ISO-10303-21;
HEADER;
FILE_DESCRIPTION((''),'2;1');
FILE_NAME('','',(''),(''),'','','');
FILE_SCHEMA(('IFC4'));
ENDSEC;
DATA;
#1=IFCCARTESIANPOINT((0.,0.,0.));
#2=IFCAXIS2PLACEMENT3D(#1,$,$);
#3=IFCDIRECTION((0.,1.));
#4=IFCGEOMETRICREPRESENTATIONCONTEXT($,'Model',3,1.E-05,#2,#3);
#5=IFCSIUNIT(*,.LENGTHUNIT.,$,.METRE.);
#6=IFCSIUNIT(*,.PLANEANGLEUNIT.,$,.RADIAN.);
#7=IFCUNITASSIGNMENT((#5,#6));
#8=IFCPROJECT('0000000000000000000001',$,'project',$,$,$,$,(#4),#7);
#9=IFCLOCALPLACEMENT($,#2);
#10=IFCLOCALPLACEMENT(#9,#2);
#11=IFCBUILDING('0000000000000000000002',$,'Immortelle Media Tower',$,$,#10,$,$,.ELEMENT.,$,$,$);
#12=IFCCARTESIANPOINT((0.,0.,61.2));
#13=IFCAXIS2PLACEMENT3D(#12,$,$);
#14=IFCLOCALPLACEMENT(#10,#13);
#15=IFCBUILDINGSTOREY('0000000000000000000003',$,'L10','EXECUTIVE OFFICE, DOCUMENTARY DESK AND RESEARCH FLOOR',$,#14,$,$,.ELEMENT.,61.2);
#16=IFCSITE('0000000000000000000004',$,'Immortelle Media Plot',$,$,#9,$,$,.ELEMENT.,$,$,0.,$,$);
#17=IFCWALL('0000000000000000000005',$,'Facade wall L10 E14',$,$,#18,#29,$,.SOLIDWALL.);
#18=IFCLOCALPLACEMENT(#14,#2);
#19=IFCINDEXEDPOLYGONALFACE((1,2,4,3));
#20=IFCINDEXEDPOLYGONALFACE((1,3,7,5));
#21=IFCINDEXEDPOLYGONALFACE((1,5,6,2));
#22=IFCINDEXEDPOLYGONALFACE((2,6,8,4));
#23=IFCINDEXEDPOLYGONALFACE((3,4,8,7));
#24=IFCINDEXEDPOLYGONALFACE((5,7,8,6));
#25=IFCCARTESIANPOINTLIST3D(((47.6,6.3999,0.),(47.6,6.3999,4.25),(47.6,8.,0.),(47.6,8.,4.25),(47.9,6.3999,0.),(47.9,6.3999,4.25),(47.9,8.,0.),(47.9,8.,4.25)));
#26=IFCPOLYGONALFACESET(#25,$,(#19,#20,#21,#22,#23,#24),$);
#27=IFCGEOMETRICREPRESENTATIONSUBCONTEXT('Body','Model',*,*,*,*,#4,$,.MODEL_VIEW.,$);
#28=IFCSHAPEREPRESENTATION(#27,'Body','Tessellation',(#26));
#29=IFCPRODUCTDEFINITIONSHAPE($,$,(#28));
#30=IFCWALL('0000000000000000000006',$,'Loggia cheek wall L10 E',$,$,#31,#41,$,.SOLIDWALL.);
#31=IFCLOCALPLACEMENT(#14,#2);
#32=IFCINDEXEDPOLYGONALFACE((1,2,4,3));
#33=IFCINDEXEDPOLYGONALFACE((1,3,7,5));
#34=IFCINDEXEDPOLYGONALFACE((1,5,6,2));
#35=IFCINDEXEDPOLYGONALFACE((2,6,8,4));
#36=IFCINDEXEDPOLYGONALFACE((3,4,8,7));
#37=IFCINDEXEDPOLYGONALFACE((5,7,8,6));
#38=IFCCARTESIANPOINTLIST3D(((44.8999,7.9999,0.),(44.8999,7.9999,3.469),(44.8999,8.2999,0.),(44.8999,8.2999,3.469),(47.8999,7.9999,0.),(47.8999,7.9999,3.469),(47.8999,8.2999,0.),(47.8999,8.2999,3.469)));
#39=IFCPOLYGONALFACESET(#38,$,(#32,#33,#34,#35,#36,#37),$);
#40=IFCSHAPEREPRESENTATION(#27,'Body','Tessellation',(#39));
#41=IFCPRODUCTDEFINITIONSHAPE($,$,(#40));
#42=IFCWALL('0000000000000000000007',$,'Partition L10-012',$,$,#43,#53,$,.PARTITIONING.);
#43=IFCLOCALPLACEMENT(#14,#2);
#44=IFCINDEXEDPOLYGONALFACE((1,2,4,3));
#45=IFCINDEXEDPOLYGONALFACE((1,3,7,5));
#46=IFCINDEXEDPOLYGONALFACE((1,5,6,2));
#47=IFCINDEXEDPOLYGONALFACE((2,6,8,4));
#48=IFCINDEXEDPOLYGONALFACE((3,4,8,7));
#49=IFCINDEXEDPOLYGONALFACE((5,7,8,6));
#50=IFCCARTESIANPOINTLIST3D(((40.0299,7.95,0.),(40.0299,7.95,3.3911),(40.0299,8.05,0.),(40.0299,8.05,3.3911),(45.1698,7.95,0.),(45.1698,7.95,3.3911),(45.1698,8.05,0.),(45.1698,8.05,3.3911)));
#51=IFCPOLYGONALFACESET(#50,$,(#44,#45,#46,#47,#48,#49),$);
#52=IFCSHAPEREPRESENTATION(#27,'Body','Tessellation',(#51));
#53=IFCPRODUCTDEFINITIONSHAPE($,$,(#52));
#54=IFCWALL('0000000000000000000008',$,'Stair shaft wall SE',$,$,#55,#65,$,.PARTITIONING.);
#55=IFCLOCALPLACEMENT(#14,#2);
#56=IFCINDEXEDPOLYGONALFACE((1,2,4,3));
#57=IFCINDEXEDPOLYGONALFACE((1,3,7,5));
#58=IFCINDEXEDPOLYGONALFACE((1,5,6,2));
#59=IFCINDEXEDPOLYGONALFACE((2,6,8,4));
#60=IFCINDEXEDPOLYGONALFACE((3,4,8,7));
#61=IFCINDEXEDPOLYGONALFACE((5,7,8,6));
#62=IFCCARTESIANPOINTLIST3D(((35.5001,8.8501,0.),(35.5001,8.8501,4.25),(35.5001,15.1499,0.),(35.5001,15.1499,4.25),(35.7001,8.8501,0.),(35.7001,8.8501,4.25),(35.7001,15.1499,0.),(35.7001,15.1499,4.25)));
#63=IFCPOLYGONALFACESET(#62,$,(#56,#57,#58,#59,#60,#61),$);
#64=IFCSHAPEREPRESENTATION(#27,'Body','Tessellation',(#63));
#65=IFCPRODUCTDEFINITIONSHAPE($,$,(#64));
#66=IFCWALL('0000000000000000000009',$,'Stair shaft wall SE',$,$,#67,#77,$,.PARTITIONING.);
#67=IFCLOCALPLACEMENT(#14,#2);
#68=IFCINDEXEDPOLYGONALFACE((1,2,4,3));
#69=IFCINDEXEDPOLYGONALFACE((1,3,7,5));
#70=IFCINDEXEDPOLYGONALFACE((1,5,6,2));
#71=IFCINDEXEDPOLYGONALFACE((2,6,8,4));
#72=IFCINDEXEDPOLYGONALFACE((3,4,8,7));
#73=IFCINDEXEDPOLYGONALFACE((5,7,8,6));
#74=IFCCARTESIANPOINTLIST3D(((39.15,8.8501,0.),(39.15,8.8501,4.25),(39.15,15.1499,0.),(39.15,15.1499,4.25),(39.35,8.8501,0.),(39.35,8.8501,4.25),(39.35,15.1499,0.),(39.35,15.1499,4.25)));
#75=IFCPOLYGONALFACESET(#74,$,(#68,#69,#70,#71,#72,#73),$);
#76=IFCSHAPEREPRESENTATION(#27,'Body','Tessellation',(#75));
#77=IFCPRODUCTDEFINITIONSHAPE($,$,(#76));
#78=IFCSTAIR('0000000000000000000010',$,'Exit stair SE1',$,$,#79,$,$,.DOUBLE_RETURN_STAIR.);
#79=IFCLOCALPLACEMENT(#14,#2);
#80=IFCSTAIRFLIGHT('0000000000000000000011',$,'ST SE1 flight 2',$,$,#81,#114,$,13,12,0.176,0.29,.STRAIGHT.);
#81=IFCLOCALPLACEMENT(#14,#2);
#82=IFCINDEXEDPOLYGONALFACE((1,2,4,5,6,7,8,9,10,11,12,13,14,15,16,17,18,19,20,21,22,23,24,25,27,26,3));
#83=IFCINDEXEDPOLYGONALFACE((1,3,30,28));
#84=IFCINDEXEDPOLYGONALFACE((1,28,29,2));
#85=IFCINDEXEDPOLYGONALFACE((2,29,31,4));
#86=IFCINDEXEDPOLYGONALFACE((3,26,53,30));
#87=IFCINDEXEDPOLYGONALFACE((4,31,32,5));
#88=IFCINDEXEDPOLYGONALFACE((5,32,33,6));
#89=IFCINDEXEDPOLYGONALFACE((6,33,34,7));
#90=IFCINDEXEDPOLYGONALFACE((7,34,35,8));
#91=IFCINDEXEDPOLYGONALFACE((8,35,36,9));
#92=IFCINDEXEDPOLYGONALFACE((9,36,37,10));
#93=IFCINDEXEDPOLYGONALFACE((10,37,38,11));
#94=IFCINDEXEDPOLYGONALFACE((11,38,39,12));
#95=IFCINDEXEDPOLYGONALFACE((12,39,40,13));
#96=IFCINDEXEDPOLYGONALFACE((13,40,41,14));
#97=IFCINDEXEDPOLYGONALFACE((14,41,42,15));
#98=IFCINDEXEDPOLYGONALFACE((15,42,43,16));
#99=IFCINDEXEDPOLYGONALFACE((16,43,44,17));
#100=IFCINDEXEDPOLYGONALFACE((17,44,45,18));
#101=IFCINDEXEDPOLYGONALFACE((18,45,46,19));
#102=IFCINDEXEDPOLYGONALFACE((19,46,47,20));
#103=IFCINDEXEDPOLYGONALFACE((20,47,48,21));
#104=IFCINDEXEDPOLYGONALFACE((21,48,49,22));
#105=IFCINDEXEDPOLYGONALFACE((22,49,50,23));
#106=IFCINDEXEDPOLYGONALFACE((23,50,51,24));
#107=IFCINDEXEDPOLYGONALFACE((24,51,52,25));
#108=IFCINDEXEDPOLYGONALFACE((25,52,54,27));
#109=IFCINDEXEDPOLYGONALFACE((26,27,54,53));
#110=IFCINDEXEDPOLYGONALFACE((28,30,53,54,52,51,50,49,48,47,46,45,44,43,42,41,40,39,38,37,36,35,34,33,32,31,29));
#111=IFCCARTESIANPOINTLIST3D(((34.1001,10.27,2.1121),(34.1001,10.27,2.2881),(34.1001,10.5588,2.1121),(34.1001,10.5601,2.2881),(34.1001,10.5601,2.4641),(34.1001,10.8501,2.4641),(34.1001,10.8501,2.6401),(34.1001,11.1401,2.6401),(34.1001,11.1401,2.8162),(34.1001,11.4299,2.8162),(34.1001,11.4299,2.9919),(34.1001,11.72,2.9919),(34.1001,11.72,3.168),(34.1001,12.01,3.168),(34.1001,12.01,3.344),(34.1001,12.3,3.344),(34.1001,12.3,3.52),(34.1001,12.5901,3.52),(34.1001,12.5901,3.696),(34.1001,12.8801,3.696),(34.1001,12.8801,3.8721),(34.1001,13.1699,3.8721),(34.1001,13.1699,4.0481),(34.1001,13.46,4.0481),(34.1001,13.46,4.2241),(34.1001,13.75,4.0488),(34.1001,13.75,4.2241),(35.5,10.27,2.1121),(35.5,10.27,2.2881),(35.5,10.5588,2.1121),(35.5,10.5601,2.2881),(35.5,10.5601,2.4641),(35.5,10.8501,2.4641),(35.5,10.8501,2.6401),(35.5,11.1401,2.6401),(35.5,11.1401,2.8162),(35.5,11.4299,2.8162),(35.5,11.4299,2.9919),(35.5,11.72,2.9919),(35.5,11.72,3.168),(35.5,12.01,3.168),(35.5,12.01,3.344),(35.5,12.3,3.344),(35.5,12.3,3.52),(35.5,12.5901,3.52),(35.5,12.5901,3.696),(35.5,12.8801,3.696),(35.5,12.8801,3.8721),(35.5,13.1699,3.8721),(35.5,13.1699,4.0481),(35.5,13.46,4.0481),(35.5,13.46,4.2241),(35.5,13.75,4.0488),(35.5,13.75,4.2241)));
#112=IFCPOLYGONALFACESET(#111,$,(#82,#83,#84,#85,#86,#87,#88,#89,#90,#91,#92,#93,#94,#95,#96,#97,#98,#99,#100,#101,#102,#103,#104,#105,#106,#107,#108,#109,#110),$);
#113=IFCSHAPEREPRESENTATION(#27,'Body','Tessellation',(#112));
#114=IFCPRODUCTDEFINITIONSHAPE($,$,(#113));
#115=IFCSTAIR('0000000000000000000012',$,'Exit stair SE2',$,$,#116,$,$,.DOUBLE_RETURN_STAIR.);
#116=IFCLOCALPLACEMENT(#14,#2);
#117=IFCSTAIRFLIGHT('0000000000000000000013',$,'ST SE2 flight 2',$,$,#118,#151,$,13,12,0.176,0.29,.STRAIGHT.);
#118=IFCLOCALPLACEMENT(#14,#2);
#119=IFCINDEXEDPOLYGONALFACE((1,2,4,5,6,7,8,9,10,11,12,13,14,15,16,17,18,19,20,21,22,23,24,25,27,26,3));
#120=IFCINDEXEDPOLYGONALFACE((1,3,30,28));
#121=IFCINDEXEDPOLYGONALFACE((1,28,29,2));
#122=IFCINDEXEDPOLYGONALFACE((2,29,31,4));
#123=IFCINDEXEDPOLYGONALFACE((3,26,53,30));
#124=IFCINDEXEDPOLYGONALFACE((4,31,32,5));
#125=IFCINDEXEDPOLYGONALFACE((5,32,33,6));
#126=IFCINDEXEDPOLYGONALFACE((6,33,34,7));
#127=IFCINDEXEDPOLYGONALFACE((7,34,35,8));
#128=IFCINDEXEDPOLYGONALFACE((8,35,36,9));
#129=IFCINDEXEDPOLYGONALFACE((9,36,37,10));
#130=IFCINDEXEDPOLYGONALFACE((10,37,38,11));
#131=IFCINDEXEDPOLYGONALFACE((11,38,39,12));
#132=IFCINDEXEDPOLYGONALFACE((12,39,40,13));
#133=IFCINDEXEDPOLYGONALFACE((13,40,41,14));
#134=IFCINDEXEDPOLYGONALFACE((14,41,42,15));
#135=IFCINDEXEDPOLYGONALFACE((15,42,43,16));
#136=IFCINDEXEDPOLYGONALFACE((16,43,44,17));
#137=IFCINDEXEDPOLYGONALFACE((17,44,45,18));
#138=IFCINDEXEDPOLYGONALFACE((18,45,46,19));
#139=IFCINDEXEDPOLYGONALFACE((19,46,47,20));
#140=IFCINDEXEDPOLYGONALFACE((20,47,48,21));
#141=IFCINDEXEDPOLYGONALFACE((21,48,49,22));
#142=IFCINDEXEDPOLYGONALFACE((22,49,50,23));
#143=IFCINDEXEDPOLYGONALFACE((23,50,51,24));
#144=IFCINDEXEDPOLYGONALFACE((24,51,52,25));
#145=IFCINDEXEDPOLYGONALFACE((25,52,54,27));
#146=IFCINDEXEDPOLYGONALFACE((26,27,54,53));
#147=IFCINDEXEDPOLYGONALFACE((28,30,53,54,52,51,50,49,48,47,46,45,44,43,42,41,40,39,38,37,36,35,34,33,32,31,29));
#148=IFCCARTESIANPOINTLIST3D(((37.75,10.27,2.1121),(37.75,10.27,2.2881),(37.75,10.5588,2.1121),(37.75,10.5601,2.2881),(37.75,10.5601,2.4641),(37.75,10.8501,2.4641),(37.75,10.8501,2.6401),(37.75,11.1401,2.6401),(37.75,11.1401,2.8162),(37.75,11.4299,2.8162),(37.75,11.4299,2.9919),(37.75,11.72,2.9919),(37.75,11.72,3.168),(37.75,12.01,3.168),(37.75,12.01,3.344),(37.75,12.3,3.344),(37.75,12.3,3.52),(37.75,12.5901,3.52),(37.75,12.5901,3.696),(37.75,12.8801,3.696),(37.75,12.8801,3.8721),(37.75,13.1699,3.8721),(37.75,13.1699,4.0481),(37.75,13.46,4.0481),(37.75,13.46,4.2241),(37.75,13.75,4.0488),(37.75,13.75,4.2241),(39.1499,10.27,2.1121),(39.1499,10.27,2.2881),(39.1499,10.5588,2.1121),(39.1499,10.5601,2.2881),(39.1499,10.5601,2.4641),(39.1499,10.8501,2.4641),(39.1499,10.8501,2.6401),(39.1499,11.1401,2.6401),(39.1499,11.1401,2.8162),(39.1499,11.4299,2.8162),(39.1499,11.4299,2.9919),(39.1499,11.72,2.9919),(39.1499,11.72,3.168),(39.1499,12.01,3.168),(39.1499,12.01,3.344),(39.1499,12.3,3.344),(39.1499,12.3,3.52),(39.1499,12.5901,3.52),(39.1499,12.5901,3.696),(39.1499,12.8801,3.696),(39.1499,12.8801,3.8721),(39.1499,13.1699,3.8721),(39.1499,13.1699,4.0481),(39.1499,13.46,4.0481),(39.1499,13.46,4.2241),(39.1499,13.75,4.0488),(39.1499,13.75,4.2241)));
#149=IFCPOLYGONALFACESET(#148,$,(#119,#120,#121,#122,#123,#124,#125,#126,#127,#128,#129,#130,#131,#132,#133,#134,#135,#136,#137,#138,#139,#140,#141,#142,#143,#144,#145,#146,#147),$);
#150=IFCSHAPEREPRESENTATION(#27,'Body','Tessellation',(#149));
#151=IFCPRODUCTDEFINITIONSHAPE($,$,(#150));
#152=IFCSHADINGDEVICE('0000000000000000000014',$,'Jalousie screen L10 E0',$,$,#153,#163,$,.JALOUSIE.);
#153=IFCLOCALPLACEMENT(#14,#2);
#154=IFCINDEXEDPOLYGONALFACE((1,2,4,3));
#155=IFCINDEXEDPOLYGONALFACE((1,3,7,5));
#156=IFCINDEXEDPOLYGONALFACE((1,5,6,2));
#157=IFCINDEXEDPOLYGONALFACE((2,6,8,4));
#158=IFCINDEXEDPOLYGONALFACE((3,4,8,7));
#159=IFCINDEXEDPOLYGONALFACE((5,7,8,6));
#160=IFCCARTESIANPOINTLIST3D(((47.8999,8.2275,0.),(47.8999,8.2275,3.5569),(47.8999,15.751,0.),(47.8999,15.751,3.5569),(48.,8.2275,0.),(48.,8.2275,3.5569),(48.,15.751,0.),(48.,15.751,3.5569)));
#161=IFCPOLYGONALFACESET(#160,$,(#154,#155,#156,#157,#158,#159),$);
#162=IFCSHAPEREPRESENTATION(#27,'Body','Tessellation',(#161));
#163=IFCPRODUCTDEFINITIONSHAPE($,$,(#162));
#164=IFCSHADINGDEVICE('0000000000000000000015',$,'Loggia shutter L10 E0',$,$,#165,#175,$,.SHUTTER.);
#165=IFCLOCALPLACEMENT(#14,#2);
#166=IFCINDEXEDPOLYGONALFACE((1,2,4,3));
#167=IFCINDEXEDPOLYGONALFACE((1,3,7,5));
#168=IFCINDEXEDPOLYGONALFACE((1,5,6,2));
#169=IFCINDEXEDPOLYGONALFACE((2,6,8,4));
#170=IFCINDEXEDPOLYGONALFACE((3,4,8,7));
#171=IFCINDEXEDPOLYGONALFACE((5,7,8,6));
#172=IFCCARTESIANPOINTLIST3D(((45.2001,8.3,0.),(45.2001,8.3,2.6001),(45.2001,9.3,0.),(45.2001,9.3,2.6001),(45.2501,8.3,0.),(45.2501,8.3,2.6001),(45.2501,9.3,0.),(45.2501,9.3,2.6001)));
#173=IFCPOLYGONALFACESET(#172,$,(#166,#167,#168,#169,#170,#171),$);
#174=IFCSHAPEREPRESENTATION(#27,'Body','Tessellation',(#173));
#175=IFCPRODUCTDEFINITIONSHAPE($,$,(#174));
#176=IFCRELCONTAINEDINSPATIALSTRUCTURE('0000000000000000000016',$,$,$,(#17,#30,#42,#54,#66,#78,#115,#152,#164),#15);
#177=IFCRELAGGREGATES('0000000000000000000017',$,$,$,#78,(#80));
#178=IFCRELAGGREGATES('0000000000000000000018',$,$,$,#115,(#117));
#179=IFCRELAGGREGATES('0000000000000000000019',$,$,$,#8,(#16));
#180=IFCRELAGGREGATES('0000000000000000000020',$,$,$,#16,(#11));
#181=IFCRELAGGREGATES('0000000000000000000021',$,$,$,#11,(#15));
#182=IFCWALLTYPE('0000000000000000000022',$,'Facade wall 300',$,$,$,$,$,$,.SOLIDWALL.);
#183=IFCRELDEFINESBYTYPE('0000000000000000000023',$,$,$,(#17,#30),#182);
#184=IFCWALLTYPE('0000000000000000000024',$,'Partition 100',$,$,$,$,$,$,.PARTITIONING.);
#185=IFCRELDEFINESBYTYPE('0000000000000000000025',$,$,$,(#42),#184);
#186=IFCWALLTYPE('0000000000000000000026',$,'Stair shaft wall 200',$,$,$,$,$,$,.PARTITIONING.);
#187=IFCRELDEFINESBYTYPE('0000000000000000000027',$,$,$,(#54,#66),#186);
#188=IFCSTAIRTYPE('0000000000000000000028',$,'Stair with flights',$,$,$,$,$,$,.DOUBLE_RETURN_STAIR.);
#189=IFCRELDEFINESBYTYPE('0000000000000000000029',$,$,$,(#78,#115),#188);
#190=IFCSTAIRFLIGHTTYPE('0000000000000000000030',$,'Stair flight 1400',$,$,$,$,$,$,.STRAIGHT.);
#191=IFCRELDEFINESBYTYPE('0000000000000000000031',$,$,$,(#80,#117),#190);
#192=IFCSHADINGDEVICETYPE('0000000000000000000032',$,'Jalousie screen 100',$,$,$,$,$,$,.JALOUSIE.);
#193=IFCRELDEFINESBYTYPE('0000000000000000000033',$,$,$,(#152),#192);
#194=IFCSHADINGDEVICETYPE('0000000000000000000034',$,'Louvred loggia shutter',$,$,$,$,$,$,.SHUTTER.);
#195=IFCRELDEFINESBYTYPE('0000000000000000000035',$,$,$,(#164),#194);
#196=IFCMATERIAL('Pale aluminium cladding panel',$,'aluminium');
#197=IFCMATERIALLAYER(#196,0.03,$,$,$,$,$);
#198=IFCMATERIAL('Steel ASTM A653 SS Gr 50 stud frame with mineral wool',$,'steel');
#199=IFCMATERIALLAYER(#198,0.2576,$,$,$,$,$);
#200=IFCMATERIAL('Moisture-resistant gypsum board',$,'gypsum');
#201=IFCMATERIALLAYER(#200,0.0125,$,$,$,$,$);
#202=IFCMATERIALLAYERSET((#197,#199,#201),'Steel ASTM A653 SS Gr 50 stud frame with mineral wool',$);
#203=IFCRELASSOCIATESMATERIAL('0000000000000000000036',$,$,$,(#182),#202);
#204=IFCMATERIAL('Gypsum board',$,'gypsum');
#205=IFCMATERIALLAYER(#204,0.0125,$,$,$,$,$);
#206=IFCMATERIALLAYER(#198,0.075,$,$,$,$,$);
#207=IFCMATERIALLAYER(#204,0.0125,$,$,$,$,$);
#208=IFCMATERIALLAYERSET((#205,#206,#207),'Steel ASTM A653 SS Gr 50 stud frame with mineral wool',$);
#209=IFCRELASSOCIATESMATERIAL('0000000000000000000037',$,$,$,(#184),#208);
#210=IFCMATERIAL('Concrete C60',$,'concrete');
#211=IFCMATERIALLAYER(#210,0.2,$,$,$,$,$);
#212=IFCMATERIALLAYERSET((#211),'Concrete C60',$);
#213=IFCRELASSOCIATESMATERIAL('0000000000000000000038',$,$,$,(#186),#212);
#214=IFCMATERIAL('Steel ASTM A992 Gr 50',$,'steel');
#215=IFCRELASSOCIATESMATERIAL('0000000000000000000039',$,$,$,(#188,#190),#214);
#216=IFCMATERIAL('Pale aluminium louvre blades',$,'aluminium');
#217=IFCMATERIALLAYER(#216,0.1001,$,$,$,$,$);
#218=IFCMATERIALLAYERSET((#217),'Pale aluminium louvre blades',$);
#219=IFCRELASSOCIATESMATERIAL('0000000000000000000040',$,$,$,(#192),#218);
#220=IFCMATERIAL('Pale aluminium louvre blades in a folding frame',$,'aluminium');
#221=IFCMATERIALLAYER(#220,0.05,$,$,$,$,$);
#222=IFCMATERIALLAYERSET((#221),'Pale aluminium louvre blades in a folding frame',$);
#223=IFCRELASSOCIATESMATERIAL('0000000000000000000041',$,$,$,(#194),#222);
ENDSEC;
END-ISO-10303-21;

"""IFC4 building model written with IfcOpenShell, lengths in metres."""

from ifc_helpers import new_model, si_unit, direction, frame, frame_2d, origin, origin_2d, place, context, subcontext, project, spatial, polyline, rectangle, outline, extrude, material, layer, layer_set, type_object, element, aggregate, save


model = new_model("IFC4")

# Units and contexts
model_context = context("Model", 3, precision=1e-05, world=origin(), true_north=direction((0.0, 1.0)))
body_context = subcontext(model_context, "Body", "Model", "MODEL_VIEW")
ifc_project = project(units=[si_unit("LENGTHUNIT", "METRE"), si_unit("PLANEANGLEUNIT", "RADIAN")], contexts=[model_context])

# Site, building, storey
site_placement = place(None, origin())
site = spatial("IfcSite", under=ifc_project, at=site_placement, Name="Immortelle Media Plot", CompositionType="ELEMENT", RefElevation=0.0)
building_placement = place(site_placement, origin())
building = spatial("IfcBuilding", under=site, at=building_placement, Name="Immortelle Media Tower", CompositionType="ELEMENT")
storey_placement = place(building_placement, frame((0.0, 0.0, 61.2)))
storey = spatial("IfcBuildingStorey", under=building, at=storey_placement, Name="L10", Description="EXECUTIVE OFFICE, DOCUMENTARY DESK AND RESEARCH FLOOR", CompositionType="ELEMENT", Elevation=61.2)

# Shared definitions
ifc_material_1 = material(Name="Steel ASTM A992 Gr 50", Category="steel")

# Wall
ifc_material_2 = material(Name="Pale aluminium cladding panel", Category="aluminium")
ifc_layer_1 = layer(ifc_material_2, 0.03)
ifc_material_3 = material(Name="Steel ASTM A653 SS Gr 50 stud frame with mineral wool", Category="steel")
ifc_layer_2 = layer(ifc_material_3, 0.2576)
ifc_material_4 = material(Name="Moisture-resistant gypsum board", Category="gypsum")
ifc_layer_3 = layer(ifc_material_4, 0.0125)
ifc_layer_set_1 = layer_set([ifc_layer_1, ifc_layer_2, ifc_layer_3], Name="Steel ASTM A653 SS Gr 50 stud frame with mineral wool")
wall_type_1 = type_object("IfcWallType", Name="Facade wall 300", PredefinedType="SOLIDWALL", material=ifc_layer_set_1)
wall_1_placement = place(storey_placement, frame((47.75, 6.3999, 0.0), z_axis=(0.0, 0.0, 1.0), x_axis=(0.0, 1.0, 0.0)))
element("IfcWall", 1, at=wall_1_placement, inside=storey, type_object=wall_type_1, Name="Facade wall L10 E14", PredefinedType="SOLIDWALL", context=body_context, shape_type="SweptSolid", body=[
    extrude(rectangle(XDim=1.6001, YDim=0.3, at=frame_2d((0.8, 0.0))), origin(), (0.0, 0.0, 1.0), 4.25),
])

# Walls
wall_2_placement = place(storey_placement, frame((47.8999, 8.1499, 0.0), z_axis=(0.0, 0.0, 1.0), x_axis=(-1.0, 0.0, 0.0)))
element("IfcWall", 2, at=wall_2_placement, inside=storey, type_object=wall_type_1, Name="Loggia cheek wall L10 E", PredefinedType="SOLIDWALL", context=body_context, shape_type="SweptSolid", body=[
    extrude(rectangle(XDim=3.0, YDim=0.3, at=frame_2d((1.5, 0.0))), origin(), (0.0, 0.0, 1.0), 3.469),
])
ifc_material_5 = material(Name="Gypsum board", Category="gypsum")
ifc_layer_4 = layer(ifc_material_5, 0.0125)
ifc_layer_5 = layer(ifc_material_3, 0.075)
ifc_layer_6 = layer(ifc_material_5, 0.0125)
ifc_layer_set_2 = layer_set([ifc_layer_4, ifc_layer_5, ifc_layer_6], Name="Steel ASTM A653 SS Gr 50 stud frame with mineral wool")
wall_type_2 = type_object("IfcWallType", Name="Partition 100", PredefinedType="PARTITIONING", material=ifc_layer_set_2)
wall_3_placement = place(storey_placement, frame((40.03, 8.0, 0.0), z_axis=(0.0, 0.0, 1.0), x_axis=(1.0, 0.0, 0.0)))
element("IfcWall", 3, at=wall_3_placement, inside=storey, type_object=wall_type_2, Name="Partition L10-012", PredefinedType="PARTITIONING", context=body_context, shape_type="SweptSolid", body=[
    extrude(rectangle(XDim=5.1399, YDim=0.1001, at=frame_2d((2.5698, 0.0))), origin(), (0.0, 0.0, 1.0), 3.3911),
])
ifc_material_6 = material(Name="Concrete C60", Category="concrete")
ifc_layer_7 = layer(ifc_material_6, 0.2)
ifc_layer_set_3 = layer_set([ifc_layer_7], Name="Concrete C60")
wall_type_3 = type_object("IfcWallType", Name="Stair shaft wall 200", PredefinedType="PARTITIONING", material=ifc_layer_set_3)
for number, where, z_axis, x_axis, name in (
    (4, (35.6001, 8.8501, 0.0), (0.0, 0.0, 1.0), (0.0, 1.0, 0.0), "Stair shaft wall SE"),
    (5, (39.25, 8.8501, 0.0), (0.0, 0.0, 1.0), (0.0, 1.0, 0.0), "Stair shaft wall SE"),
):
    element("IfcWall", number, at=place(storey_placement, frame(where, z_axis=z_axis, x_axis=x_axis)), inside=storey, type_object=wall_type_3, Name=name, PredefinedType="PARTITIONING", context=body_context, shape_type="SweptSolid", body=[
        extrude(rectangle(XDim=6.2998, YDim=0.2, at=frame_2d((3.1499, 0.0))), origin(), (0.0, 0.0, 1.0), 4.25),
    ])

# Stairs, stair flights
stair_type = type_object("IfcStairType", Name="Stair with flights", PredefinedType="DOUBLE_RETURN_STAIR", material=ifc_material_1)
stair_1_placement = place(storey_placement, origin())
stair_1 = element("IfcStair", 6, at=stair_1_placement, inside=storey, type_object=stair_type, Name="Exit stair SE1", PredefinedType="DOUBLE_RETURN_STAIR")
stair_flight_type = type_object("IfcStairFlightType", Name="Stair flight 1400", PredefinedType="STRAIGHT", material=ifc_material_1)
stair_flight_1_placement = place(storey_placement, frame((34.8, 10.27, 2.1121), z_axis=(0.0, 0.0, 1.0), x_axis=(0.0, 1.0, 0.0)))
stair_flight_1 = element("IfcStairFlight", 7, at=stair_flight_1_placement, type_object=stair_flight_type, Name="ST SE1 flight 2", NumberOfRisers=13, NumberOfTreads=12, PredefinedType="STRAIGHT", RiserHeight=0.176, TreadLength=0.29, context=body_context, shape_type="SweptSolid", body=[
    extrude(outline(polyline([(0.0, 0.0), (0.0, 0.176), (0.29, 0.176), (0.29, 0.3521), (0.5801, 0.3521), (0.5801, 0.5281), (0.8701, 0.5281), (0.8701, 0.7041), (1.1599, 0.7041), (1.1599, 0.8799), (1.45, 0.8799), (1.45, 1.0559), (1.74, 1.0559), (1.74, 1.2319), (2.03, 1.2319), (2.03, 1.408), (2.3201, 1.408), (2.3201, 1.584), (2.6101, 1.584), (2.6101, 1.76), (2.8999, 1.76), (2.8999, 1.936), (3.1899, 1.936), (3.1899, 2.1121), (3.48, 2.1121), (3.48, 2.2881), (3.48, 1.9368), (0.2888, 0.0), (0.0, 0.0)])), frame((0.0, 0.7, 0.0), z_axis=(0.0, -1.0, 0.0), x_axis=(1.0, 0.0, 0.0)), (0.0, 0.0, 1.0), 1.3999),
])
aggregate(stair_1, [stair_flight_1])
stair_2_placement = place(storey_placement, origin())
stair_2 = element("IfcStair", 8, at=stair_2_placement, inside=storey, type_object=stair_type, Name="Exit stair SE2", PredefinedType="DOUBLE_RETURN_STAIR")
stair_flight_2_placement = place(storey_placement, frame((38.45, 10.27, 2.1121), z_axis=(0.0, 0.0, 1.0), x_axis=(0.0, 1.0, 0.0)))
stair_flight_2 = element("IfcStairFlight", 9, at=stair_flight_2_placement, type_object=stair_flight_type, Name="ST SE2 flight 2", NumberOfRisers=13, NumberOfTreads=12, PredefinedType="STRAIGHT", RiserHeight=0.176, TreadLength=0.29, context=body_context, shape_type="SweptSolid", body=[
    extrude(outline(polyline([(0.0, 0.0), (0.0, 0.176), (0.29, 0.176), (0.29, 0.3521), (0.5801, 0.3521), (0.5801, 0.5281), (0.8701, 0.5281), (0.8701, 0.7041), (1.1599, 0.7041), (1.1599, 0.8799), (1.45, 0.8799), (1.45, 1.0559), (1.74, 1.0559), (1.74, 1.2319), (2.03, 1.2319), (2.03, 1.408), (2.3201, 1.408), (2.3201, 1.584), (2.6101, 1.584), (2.6101, 1.76), (2.8999, 1.76), (2.8999, 1.936), (3.1899, 1.936), (3.1899, 2.1121), (3.48, 2.1121), (3.48, 2.2881), (3.48, 1.9368), (0.2888, 0.0), (0.0, 0.0)])), frame((0.0, 0.7, 0.0), z_axis=(0.0, -1.0, 0.0), x_axis=(1.0, 0.0, 0.0)), (0.0, 0.0, 1.0), 1.3999),
])
aggregate(stair_2, [stair_flight_2])

# Shading devices
ifc_material_7 = material(Name="Pale aluminium louvre blades", Category="aluminium")
ifc_layer_8 = layer(ifc_material_7, 0.1001)
ifc_layer_set_4 = layer_set([ifc_layer_8], Name="Pale aluminium louvre blades")
shading_device_type_1 = type_object("IfcShadingDeviceType", Name="Jalousie screen 100", PredefinedType="JALOUSIE", material=ifc_layer_set_4)
shading_device_1_placement = place(storey_placement, frame((47.95, 11.9893, 0.0), z_axis=(0.0, 0.0, 1.0), x_axis=(0.0, 1.0, 0.0)))
element("IfcShadingDevice", 10, at=shading_device_1_placement, inside=storey, type_object=shading_device_type_1, Name="Jalousie screen L10 E0", PredefinedType="JALOUSIE", context=body_context, shape_type="SweptSolid", body=[
    extrude(rectangle(XDim=7.5234, YDim=0.1001, at=origin_2d()), origin(), (0.0, 0.0, 1.0), 3.5569),
])
ifc_material_8 = material(Name="Pale aluminium louvre blades in a folding frame", Category="aluminium")
ifc_layer_9 = layer(ifc_material_8, 0.05)
ifc_layer_set_5 = layer_set([ifc_layer_9], Name="Pale aluminium louvre blades in a folding frame")
shading_device_type_2 = type_object("IfcShadingDeviceType", Name="Louvred loggia shutter", PredefinedType="SHUTTER", material=ifc_layer_set_5)
shading_device_2_placement = place(storey_placement, frame((45.2251, 8.8, 0.0), z_axis=(0.0, 0.0, 1.0), x_axis=(0.0, 1.0, 0.0)))
element("IfcShadingDevice", 11, at=shading_device_2_placement, inside=storey, type_object=shading_device_type_2, Name="Loggia shutter L10 E0", PredefinedType="SHUTTER", context=body_context, shape_type="SweptSolid", body=[
    extrude(rectangle(XDim=1.0, YDim=0.05, at=origin_2d()), origin(), (0.0, 0.0, 1.0), 2.6001),
])

save(model, "model.ifc")
